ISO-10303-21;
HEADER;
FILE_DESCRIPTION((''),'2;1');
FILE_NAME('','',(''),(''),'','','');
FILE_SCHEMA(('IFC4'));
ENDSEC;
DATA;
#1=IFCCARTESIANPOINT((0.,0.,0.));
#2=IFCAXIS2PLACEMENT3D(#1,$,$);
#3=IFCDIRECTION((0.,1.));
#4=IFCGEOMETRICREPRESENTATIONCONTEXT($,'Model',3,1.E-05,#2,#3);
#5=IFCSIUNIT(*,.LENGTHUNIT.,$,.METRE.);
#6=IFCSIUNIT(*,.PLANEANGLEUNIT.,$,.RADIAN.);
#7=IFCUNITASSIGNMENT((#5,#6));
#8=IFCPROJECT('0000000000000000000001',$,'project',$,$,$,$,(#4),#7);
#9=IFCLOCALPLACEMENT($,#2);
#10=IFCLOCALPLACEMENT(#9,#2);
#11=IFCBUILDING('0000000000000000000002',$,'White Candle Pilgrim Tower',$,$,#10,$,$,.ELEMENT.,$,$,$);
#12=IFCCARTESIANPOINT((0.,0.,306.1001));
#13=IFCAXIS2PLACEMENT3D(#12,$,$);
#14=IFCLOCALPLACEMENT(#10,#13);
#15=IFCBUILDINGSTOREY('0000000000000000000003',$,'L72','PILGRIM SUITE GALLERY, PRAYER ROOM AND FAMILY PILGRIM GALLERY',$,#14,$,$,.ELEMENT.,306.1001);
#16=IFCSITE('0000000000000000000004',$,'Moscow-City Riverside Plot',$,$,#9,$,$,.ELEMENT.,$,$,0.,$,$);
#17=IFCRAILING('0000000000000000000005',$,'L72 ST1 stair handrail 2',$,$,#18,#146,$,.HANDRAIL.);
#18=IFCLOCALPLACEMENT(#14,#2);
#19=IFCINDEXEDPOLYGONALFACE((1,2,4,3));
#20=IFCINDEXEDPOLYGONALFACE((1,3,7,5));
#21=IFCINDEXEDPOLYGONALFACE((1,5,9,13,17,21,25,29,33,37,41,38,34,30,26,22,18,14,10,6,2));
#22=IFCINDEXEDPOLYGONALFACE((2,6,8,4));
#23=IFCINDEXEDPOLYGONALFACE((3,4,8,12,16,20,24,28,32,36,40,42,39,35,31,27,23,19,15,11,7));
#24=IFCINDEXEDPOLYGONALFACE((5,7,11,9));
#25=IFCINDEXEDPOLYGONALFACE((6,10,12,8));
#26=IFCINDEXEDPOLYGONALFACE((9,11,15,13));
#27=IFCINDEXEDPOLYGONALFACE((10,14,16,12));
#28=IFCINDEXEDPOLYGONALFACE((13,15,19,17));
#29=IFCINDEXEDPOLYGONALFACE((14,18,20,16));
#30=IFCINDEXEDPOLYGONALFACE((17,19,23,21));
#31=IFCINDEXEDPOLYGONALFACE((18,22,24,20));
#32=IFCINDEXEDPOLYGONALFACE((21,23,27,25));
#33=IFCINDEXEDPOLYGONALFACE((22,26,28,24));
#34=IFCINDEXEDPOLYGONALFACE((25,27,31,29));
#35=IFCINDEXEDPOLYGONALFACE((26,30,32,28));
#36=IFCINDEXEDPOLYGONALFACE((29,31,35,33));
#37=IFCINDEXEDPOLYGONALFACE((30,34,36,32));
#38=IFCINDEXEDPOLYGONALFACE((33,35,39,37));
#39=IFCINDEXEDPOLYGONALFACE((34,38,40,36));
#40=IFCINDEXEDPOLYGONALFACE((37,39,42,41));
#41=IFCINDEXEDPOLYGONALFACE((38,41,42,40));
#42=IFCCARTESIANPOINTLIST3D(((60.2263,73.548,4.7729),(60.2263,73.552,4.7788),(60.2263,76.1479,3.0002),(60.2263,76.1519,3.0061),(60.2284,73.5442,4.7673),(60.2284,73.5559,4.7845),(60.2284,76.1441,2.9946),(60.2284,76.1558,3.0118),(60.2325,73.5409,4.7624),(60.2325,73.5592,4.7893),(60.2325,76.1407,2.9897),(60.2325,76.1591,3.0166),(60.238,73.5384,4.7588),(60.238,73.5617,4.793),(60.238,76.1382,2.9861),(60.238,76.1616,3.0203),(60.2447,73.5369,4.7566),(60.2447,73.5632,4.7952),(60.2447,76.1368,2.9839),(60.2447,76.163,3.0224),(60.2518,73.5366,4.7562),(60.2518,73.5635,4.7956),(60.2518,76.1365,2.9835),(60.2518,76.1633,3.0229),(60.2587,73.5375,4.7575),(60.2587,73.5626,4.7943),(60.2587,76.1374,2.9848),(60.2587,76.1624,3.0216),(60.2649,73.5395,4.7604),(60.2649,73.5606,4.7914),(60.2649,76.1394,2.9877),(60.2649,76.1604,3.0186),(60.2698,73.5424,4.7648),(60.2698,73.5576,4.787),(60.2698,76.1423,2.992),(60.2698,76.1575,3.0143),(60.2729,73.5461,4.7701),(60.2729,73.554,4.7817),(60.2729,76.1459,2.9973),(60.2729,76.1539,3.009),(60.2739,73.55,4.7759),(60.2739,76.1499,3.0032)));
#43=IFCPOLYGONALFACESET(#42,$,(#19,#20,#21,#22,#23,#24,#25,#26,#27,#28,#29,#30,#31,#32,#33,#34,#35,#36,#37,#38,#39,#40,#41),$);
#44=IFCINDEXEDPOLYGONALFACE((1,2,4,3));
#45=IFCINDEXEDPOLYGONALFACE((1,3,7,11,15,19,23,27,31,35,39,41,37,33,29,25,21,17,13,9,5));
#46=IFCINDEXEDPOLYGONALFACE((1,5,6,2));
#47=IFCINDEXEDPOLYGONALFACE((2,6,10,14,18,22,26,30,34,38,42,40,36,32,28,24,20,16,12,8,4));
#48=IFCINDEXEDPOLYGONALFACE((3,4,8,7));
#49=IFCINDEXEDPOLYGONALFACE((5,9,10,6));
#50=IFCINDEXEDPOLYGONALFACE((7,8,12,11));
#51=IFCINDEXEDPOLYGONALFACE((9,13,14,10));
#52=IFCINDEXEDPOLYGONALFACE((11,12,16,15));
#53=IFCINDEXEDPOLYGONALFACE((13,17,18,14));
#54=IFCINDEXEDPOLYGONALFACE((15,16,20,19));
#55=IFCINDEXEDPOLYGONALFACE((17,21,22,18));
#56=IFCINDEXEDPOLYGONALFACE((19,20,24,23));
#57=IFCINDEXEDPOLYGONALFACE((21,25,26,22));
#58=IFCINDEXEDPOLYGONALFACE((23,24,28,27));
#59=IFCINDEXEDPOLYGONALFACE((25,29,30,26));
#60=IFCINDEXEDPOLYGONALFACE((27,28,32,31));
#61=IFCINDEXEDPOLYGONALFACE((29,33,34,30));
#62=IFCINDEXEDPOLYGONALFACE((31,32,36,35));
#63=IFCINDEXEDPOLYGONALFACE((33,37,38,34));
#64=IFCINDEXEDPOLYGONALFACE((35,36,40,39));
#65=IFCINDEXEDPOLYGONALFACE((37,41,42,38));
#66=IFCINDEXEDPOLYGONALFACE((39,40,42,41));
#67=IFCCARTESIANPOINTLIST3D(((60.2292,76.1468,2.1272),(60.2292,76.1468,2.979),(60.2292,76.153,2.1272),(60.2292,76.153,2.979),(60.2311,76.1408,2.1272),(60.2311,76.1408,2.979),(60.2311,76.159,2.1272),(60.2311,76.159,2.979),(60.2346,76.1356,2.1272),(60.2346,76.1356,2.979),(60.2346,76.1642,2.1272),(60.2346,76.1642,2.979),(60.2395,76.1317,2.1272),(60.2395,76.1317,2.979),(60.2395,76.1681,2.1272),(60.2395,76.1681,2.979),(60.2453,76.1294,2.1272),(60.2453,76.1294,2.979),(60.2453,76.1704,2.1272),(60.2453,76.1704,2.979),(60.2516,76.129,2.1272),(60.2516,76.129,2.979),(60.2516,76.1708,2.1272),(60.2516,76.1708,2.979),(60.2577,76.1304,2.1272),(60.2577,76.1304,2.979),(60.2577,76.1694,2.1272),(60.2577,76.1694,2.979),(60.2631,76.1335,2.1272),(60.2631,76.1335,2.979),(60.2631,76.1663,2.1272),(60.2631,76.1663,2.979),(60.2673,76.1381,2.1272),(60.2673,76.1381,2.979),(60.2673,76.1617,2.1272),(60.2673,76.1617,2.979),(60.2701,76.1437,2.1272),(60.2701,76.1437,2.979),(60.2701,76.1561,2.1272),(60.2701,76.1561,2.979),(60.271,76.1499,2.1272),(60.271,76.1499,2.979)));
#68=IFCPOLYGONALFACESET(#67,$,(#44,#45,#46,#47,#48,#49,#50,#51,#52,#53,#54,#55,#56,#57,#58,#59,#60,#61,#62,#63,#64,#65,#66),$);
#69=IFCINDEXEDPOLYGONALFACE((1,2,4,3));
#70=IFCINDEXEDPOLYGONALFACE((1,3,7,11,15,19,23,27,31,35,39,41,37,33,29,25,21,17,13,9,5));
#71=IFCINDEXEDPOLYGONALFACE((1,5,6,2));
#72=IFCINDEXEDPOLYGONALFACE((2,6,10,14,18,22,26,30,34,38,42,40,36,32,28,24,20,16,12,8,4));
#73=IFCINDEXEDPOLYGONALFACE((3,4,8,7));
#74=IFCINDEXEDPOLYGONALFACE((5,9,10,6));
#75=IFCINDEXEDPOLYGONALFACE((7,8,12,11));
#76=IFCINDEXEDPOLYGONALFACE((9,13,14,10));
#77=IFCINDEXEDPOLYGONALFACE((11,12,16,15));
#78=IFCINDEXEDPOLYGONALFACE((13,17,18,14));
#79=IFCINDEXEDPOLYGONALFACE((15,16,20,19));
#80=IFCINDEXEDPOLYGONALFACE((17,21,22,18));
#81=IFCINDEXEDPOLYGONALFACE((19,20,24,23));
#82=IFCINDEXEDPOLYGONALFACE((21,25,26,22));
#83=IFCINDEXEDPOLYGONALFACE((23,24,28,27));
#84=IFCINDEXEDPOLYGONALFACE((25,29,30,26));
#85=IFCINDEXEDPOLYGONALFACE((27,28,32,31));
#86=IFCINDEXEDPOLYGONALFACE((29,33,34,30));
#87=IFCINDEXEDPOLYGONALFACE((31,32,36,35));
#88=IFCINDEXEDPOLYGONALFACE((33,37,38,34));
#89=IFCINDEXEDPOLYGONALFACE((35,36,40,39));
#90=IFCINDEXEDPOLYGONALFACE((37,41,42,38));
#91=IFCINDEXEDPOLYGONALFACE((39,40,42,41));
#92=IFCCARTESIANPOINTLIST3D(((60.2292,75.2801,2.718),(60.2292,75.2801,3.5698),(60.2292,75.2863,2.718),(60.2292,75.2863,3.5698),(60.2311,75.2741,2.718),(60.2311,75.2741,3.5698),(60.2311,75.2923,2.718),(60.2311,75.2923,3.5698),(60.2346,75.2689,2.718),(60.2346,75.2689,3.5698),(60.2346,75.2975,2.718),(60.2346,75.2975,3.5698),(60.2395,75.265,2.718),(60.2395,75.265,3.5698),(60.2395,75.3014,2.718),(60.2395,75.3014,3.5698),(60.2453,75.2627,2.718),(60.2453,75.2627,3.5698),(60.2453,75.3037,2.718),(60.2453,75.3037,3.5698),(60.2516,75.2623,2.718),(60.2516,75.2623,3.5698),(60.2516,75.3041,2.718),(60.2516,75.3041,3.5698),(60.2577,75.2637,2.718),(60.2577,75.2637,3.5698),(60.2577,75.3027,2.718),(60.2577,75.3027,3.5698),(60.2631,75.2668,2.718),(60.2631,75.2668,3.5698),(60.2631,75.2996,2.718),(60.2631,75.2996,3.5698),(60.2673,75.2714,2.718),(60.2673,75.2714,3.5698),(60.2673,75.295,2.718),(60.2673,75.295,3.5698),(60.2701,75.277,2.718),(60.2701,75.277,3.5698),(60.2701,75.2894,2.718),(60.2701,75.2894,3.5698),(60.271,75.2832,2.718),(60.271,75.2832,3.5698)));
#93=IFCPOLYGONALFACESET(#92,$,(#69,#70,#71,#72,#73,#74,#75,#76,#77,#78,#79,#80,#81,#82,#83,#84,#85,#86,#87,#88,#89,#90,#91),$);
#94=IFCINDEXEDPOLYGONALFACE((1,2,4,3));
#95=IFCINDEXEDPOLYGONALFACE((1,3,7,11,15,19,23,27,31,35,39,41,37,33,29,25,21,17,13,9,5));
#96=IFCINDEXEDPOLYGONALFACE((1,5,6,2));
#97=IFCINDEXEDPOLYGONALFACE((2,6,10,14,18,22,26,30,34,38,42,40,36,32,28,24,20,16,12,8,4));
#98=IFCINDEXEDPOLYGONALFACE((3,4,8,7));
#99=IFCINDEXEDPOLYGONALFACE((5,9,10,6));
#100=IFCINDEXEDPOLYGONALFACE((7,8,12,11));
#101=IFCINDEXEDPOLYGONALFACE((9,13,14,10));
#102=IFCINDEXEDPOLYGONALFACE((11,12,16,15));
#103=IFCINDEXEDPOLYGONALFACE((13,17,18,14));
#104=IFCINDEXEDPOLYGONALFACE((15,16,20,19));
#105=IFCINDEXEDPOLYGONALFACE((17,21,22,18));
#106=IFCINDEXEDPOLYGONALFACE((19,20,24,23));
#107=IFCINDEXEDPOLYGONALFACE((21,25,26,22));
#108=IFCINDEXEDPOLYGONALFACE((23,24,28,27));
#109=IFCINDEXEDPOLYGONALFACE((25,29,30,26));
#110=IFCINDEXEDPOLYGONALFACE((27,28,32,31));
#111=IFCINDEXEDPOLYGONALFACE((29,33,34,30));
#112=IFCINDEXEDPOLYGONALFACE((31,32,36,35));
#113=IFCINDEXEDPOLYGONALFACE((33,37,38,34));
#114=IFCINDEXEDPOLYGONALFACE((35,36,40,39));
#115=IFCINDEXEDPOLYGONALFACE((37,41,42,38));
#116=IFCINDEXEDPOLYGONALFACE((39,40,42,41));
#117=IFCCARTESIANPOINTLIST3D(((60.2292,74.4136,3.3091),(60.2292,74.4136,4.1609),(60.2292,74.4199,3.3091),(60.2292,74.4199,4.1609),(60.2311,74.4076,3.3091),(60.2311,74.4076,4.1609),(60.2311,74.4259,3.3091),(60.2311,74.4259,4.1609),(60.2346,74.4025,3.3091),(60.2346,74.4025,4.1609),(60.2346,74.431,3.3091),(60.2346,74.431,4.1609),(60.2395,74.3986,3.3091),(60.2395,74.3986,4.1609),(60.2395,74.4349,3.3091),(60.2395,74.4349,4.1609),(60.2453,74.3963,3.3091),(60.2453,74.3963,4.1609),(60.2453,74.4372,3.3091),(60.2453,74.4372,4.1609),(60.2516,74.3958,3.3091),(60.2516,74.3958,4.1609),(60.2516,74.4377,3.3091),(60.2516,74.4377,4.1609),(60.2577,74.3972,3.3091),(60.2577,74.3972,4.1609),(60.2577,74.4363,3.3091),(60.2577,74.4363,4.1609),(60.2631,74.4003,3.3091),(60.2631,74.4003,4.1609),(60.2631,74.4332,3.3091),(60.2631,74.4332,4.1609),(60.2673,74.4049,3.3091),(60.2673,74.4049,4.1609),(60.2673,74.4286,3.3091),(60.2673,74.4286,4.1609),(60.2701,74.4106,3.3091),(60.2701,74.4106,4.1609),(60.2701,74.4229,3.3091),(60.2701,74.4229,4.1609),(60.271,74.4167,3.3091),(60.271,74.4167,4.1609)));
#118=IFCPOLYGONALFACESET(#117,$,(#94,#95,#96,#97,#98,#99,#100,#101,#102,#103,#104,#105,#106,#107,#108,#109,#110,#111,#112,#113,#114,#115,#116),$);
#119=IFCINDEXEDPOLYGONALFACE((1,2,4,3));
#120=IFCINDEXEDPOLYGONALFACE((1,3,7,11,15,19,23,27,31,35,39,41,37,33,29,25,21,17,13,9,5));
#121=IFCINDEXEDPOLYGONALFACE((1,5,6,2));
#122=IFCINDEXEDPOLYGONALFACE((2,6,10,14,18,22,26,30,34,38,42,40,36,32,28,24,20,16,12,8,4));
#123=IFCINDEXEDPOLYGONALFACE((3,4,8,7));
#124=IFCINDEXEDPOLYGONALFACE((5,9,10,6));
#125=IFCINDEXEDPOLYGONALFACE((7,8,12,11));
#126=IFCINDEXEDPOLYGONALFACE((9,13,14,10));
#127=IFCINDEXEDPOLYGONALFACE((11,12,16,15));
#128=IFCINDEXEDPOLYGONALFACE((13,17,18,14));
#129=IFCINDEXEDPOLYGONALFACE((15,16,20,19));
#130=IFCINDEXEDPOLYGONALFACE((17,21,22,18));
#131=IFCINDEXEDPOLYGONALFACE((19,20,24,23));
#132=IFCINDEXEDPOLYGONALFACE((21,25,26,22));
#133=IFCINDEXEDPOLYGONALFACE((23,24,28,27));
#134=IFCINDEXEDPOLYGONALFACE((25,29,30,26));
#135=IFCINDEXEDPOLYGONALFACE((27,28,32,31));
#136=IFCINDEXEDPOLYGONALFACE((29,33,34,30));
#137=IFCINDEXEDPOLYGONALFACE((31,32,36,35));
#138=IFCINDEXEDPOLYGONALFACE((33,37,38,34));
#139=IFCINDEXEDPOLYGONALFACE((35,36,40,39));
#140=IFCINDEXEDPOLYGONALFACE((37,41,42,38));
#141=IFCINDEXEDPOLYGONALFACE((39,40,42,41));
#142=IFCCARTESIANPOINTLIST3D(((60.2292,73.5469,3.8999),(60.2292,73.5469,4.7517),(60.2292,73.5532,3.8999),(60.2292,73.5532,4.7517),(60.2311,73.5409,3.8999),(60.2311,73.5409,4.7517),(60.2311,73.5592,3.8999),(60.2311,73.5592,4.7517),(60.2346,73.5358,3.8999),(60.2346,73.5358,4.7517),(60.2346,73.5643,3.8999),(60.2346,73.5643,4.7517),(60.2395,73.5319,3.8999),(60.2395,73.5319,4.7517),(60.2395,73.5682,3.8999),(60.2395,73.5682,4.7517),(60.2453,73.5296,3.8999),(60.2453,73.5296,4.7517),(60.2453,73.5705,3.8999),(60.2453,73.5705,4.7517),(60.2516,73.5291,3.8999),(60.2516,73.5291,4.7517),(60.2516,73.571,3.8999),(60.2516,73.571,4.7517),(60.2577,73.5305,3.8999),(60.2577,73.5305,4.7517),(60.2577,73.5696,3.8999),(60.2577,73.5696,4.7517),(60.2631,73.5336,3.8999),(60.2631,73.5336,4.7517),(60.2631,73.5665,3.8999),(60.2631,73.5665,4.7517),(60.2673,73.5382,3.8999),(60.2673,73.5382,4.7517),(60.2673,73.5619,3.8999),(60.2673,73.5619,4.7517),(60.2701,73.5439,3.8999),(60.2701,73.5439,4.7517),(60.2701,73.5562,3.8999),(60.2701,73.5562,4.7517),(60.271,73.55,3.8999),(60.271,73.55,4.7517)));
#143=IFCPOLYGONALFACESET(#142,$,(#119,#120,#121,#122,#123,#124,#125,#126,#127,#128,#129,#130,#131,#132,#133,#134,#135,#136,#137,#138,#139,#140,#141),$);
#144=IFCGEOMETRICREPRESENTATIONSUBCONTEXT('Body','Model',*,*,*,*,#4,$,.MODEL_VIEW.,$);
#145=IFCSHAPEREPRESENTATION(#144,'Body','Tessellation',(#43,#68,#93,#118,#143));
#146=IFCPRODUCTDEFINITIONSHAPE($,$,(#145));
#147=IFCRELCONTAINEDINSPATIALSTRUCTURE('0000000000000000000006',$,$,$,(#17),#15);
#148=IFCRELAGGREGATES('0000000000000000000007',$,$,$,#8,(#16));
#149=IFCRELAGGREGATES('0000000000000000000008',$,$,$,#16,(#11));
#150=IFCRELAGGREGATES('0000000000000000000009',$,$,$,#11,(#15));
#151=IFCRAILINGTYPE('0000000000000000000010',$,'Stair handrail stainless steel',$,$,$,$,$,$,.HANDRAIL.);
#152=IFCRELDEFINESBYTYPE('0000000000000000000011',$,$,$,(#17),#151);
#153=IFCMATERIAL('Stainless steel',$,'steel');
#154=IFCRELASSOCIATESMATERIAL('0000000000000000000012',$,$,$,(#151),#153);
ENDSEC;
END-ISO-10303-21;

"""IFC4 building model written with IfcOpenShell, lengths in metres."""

from ifc_helpers import new_model, si_unit, direction, frame, origin, origin_2d, place, context, subcontext, project, spatial, circle, extrude, material, type_object, element, save


model = new_model("IFC4")

# Units and contexts
model_context = context("Model", 3, precision=1e-05, world=origin(), true_north=direction((0.0, 1.0)))
body_context = subcontext(model_context, "Body", "Model", "MODEL_VIEW")
ifc_project = project(units=[si_unit("LENGTHUNIT", "METRE"), si_unit("PLANEANGLEUNIT", "RADIAN")], contexts=[model_context])

# Site, building, storey
site_placement = place(None, origin())
site = spatial("IfcSite", under=ifc_project, at=site_placement, Name="Moscow-City Riverside Plot", CompositionType="ELEMENT", RefElevation=0.0)
building_placement = place(site_placement, origin())
building = spatial("IfcBuilding", under=site, at=building_placement, Name="White Candle Pilgrim Tower", CompositionType="ELEMENT")
storey_placement = place(building_placement, frame((0.0, 0.0, 306.1001)))
storey = spatial("IfcBuildingStorey", under=building, at=storey_placement, Name="L72", Description="PILGRIM SUITE GALLERY, PRAYER ROOM AND FAMILY PILGRIM GALLERY", CompositionType="ELEMENT", Elevation=306.1001)

# Shared definitions
ifc_material_1 = material(Name="Stainless steel", Category="steel")

# Railing
railing_type_1 = type_object("IfcRailingType", Name="Stair handrail stainless steel", PredefinedType="HANDRAIL", material=ifc_material_1)
railing_1_placement = place(storey_placement, frame((60.25, 76.1499, 2.1272)))
element("IfcRailing", 1, at=railing_1_placement, inside=storey, type_object=railing_type_1, Name="L72 ST1 stair handrail 2", PredefinedType="HANDRAIL", context=body_context, shape_type="SweptSolid", body=[
    extrude(circle(Radius=0.0239, at=origin_2d()), frame((0.0, 0.0, 0.876), z_axis=(0.0, -0.826216, 0.563354), x_axis=(1.0, 0.0, 0.0)), (0.0, 0.0, 1.0), 3.1467),
    extrude(circle(Radius=0.021, at=origin_2d()), origin(), (0.0, 0.0, 1.0), 0.8518),
    extrude(circle(Radius=0.021, at=origin_2d()), frame((0.0, -0.8667, 0.5908)), (0.0, 0.0, 1.0), 0.8518),
    extrude(circle(Radius=0.021, at=origin_2d()), frame((0.0, -1.7332, 1.1819)), (0.0, 0.0, 1.0), 0.8518),
    extrude(circle(Radius=0.021, at=origin_2d()), frame((0.0, -2.5999, 1.7727)), (0.0, 0.0, 1.0), 0.8518),
])

save(model, "model.ifc")
